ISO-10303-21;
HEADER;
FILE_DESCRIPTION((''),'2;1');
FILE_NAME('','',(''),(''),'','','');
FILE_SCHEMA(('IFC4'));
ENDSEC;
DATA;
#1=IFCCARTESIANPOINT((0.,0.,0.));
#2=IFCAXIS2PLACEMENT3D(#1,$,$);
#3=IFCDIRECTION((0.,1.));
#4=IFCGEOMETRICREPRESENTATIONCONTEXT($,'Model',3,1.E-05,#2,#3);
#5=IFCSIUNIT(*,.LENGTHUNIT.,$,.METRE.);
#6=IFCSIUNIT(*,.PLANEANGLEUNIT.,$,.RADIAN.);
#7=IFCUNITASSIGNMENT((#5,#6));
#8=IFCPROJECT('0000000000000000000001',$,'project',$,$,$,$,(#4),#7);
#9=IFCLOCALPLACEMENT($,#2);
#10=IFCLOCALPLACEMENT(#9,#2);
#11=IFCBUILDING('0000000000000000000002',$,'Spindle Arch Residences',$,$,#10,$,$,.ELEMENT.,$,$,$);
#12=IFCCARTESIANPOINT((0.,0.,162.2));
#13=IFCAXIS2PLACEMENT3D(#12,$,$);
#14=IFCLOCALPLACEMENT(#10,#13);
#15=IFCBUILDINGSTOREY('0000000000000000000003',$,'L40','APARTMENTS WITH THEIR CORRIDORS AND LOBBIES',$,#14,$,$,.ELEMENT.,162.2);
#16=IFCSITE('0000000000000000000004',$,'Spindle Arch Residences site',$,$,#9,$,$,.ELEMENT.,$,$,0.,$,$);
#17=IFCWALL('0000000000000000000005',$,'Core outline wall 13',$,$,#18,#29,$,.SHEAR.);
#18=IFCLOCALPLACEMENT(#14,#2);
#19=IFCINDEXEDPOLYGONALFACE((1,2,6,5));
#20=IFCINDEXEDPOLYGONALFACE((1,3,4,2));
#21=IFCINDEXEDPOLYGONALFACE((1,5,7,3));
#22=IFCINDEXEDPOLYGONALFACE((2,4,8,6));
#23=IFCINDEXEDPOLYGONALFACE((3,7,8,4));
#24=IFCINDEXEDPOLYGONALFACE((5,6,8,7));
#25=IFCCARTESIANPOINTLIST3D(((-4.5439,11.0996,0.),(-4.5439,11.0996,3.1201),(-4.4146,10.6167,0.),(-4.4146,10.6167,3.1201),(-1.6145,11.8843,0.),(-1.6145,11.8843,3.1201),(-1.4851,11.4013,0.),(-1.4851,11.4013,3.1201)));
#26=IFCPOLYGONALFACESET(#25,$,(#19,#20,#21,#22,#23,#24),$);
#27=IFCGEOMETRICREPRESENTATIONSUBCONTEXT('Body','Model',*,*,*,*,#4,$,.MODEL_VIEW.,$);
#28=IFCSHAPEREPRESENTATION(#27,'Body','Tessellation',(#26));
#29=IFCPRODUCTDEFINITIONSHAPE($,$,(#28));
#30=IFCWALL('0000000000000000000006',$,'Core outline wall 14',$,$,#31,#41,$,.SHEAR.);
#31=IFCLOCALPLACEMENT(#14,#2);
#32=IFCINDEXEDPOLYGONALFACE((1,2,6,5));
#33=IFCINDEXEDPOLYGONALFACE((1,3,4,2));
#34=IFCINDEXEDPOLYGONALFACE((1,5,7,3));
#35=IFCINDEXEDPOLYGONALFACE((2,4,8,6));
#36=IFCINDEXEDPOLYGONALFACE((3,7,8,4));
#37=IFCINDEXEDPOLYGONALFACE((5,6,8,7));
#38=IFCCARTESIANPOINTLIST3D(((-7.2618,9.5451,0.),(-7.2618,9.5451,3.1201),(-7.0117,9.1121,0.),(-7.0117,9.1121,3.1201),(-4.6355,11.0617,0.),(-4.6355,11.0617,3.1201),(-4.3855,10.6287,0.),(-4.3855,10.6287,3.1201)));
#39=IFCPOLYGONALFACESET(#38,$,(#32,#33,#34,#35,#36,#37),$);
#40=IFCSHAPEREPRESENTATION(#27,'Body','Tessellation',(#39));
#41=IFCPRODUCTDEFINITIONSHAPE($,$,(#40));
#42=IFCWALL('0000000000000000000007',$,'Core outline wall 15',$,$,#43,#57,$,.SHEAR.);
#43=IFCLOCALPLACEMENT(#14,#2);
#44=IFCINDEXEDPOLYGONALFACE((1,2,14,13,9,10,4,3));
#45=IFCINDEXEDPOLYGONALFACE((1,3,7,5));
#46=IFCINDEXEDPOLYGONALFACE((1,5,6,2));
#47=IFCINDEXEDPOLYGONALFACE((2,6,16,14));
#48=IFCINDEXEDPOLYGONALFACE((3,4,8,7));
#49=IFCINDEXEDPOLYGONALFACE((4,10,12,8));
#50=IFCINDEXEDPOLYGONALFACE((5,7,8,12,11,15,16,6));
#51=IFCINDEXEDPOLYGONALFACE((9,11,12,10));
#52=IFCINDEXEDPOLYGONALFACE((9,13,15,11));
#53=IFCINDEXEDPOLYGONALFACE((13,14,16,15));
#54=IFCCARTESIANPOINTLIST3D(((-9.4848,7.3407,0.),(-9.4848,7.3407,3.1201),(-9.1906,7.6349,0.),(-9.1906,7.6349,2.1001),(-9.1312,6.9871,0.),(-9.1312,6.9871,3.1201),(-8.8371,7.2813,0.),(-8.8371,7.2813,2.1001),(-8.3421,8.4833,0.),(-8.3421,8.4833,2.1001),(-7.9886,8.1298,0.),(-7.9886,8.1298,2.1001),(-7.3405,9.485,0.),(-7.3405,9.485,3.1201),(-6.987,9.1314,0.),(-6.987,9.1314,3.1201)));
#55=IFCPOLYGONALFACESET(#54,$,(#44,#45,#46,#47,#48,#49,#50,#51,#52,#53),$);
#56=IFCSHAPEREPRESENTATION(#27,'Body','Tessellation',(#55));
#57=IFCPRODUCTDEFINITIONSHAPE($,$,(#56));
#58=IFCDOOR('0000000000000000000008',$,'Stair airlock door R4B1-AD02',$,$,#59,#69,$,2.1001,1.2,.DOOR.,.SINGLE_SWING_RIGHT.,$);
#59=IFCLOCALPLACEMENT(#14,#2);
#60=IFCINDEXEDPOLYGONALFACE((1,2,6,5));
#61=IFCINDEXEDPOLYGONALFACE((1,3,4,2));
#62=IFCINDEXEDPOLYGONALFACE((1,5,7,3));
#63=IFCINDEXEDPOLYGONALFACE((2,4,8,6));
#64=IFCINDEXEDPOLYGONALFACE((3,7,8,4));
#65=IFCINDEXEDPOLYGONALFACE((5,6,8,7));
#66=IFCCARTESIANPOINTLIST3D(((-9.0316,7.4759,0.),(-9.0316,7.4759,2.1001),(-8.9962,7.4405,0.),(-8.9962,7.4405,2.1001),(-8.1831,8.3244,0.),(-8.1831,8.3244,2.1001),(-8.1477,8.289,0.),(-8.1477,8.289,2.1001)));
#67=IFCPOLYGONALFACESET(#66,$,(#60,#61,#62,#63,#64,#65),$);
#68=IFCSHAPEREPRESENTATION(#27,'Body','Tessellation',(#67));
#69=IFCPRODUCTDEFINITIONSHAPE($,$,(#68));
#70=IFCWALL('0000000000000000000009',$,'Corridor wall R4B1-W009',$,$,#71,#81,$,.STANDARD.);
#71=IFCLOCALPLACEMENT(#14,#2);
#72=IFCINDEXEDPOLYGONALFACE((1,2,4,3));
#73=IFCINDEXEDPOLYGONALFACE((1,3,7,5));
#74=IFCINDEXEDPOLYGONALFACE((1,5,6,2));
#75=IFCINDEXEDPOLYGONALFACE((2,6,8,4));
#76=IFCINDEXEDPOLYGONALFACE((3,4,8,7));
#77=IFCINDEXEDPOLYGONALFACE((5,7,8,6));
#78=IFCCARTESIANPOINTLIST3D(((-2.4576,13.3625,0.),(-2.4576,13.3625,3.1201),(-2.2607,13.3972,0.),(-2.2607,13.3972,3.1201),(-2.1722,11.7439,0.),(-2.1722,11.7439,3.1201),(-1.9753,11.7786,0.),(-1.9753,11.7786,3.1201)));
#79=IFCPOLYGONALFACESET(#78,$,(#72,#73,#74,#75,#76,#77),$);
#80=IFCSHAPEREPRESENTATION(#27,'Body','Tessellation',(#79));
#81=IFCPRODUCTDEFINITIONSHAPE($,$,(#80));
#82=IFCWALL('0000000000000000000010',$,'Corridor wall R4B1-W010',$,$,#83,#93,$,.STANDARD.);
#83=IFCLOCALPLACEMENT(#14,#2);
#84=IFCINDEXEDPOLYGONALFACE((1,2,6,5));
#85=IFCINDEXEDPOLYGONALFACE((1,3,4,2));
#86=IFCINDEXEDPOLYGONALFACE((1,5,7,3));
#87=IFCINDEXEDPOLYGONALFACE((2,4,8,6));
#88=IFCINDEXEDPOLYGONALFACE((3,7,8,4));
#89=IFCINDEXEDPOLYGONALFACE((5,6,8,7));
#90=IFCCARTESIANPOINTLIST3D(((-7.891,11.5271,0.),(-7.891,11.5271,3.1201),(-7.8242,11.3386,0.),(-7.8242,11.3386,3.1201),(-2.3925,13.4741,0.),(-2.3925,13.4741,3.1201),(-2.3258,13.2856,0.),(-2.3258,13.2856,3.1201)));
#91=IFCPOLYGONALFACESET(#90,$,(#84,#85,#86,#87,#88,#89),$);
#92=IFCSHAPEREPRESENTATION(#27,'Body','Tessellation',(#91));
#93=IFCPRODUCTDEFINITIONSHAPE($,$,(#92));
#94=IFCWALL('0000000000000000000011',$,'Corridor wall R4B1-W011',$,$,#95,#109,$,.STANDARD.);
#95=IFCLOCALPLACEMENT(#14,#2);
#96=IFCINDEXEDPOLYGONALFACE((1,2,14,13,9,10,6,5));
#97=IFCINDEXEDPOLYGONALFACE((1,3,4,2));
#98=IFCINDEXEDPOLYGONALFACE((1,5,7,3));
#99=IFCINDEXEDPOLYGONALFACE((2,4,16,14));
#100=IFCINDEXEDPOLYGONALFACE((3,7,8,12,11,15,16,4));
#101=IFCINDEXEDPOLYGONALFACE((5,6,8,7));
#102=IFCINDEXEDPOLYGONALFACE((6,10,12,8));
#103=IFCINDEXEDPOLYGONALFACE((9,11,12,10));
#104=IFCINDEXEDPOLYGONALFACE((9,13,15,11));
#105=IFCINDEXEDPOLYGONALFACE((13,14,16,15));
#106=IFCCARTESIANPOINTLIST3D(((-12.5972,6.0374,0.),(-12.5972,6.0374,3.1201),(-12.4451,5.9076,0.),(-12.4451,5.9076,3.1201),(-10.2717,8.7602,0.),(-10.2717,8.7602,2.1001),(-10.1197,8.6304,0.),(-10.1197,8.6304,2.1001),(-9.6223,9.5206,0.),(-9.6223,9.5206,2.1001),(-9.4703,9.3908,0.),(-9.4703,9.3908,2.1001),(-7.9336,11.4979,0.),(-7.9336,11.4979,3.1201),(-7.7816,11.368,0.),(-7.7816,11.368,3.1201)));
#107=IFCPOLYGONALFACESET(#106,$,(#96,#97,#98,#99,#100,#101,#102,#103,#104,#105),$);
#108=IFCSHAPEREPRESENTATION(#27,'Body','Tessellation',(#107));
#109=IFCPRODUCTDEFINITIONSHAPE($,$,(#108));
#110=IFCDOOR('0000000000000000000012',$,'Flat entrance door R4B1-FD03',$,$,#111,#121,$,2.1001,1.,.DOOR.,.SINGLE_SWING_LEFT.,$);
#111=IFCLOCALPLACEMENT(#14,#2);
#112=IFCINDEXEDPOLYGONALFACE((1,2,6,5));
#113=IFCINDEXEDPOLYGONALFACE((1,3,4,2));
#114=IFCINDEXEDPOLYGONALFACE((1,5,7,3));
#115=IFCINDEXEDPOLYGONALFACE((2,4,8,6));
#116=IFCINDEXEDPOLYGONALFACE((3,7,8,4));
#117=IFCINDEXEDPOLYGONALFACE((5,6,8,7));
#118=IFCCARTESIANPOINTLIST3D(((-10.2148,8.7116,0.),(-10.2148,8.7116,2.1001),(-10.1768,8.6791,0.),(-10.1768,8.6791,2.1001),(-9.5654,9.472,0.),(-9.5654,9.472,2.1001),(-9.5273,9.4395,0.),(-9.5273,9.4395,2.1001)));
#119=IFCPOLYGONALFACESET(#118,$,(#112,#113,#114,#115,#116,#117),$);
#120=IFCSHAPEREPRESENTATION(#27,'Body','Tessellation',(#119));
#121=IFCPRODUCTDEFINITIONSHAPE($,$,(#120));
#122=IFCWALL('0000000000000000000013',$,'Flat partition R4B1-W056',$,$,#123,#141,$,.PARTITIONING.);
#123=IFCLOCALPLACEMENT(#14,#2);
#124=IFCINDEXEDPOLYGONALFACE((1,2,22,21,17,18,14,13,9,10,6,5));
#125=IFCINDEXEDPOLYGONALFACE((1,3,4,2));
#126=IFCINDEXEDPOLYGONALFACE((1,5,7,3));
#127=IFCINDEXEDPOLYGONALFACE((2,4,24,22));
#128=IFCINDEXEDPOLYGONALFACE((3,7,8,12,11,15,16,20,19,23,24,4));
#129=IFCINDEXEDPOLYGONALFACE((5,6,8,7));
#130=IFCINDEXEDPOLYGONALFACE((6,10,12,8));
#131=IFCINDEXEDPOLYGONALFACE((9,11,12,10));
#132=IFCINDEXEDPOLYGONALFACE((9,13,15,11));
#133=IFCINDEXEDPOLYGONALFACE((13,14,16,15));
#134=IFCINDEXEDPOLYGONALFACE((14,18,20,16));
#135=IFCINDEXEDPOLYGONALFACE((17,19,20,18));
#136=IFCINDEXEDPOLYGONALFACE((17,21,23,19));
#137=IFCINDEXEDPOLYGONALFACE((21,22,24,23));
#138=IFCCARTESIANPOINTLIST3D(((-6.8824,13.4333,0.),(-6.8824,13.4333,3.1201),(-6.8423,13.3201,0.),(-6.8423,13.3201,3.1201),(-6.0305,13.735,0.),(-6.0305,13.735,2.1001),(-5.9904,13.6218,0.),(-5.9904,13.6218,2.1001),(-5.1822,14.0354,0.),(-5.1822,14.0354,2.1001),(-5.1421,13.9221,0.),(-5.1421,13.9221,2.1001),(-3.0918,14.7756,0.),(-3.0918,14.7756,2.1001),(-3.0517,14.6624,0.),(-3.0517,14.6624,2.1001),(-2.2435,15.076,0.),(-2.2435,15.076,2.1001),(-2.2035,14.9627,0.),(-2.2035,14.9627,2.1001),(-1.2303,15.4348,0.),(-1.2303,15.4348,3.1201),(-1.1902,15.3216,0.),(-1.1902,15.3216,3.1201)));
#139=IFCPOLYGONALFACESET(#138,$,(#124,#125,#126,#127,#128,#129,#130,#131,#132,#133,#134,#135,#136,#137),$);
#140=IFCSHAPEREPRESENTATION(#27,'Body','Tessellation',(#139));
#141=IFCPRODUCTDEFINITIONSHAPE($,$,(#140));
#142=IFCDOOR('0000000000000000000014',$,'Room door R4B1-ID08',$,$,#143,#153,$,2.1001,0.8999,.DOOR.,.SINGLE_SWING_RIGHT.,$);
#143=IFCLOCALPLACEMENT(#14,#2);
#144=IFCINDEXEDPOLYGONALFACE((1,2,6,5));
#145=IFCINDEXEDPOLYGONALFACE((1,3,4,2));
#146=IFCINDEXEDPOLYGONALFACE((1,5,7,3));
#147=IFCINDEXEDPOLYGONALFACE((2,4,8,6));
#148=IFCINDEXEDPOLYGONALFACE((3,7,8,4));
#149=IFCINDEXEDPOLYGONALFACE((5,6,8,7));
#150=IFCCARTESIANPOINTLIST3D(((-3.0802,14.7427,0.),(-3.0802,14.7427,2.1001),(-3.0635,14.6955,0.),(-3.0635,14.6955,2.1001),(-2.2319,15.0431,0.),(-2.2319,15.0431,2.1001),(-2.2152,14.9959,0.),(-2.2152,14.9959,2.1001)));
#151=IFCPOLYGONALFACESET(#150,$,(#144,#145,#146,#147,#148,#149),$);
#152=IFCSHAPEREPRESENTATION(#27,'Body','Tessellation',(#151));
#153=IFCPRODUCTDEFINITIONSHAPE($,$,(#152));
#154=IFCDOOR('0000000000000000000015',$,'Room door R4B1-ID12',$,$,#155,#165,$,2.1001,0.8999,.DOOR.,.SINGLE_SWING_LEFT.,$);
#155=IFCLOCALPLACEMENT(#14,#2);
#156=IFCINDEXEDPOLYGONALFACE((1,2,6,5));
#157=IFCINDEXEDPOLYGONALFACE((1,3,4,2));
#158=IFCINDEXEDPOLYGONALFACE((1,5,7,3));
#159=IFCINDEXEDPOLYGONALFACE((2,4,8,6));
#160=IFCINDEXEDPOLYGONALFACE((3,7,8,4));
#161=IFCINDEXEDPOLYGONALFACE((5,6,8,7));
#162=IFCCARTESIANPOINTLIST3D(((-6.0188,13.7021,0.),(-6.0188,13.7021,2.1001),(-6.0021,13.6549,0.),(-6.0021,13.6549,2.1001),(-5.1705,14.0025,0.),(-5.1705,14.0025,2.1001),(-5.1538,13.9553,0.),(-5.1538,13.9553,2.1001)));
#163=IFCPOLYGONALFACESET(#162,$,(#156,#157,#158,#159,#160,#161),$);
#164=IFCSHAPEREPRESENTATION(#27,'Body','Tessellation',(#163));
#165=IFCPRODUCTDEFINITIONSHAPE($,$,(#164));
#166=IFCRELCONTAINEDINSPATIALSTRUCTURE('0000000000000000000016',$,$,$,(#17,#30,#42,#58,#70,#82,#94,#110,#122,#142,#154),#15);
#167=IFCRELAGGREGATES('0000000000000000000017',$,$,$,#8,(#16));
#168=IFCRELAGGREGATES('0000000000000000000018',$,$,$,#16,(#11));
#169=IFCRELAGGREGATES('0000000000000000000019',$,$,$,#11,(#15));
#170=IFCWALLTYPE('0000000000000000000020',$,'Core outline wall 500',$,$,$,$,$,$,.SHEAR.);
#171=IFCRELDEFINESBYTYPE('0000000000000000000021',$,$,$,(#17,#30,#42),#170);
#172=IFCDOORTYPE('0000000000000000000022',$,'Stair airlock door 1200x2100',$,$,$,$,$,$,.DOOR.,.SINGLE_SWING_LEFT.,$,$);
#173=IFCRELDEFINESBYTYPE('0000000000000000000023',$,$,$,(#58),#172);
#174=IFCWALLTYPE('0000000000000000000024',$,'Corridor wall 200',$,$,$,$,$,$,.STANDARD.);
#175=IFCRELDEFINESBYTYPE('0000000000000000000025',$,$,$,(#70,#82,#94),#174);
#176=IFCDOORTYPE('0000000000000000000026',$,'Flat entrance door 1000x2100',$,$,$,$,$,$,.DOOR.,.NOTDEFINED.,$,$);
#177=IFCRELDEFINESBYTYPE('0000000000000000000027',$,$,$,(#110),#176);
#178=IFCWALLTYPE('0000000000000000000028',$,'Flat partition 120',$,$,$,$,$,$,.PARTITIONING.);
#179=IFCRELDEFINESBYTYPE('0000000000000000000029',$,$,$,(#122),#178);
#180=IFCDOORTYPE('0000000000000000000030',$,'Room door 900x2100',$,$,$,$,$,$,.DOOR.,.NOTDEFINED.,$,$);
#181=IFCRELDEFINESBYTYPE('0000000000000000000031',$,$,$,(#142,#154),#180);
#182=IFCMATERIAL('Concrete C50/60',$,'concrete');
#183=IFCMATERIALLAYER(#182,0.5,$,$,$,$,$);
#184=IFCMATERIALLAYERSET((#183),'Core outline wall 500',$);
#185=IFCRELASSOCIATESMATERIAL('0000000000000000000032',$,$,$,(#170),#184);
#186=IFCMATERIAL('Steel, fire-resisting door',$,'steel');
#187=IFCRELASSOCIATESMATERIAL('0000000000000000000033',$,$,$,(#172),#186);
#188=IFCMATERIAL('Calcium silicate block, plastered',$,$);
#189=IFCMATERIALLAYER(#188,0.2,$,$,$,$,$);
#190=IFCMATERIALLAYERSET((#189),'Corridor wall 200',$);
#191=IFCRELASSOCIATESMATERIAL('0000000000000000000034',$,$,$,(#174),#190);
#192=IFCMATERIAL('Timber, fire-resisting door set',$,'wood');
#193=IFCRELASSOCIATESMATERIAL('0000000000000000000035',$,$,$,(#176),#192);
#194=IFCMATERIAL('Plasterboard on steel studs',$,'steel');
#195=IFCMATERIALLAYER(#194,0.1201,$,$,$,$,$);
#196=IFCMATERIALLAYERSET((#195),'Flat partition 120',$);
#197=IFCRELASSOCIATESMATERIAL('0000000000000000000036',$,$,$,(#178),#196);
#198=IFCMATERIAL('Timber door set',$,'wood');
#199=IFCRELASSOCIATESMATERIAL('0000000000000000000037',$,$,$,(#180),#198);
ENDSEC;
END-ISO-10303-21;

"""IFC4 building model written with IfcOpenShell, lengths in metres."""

from ifc_helpers import new_model, si_unit, direction, frame, frame_2d, origin, place, context, subcontext, project, spatial, rectangle, extrude, material, layer, layer_set, type_object, element, fill, save


model = new_model("IFC4")

# Units and contexts
model_context = context("Model", 3, precision=1e-05, world=origin(), true_north=direction((0.0, 1.0)))
body_context = subcontext(model_context, "Body", "Model", "MODEL_VIEW")
ifc_project = project(units=[si_unit("LENGTHUNIT", "METRE"), si_unit("PLANEANGLEUNIT", "RADIAN")], contexts=[model_context])

# Site, building, storey
site_placement = place(None, origin())
site = spatial("IfcSite", under=ifc_project, at=site_placement, Name="Spindle Arch Residences site", CompositionType="ELEMENT", RefElevation=0.0)
building_placement = place(site_placement, origin())
building = spatial("IfcBuilding", under=site, at=building_placement, Name="Spindle Arch Residences", CompositionType="ELEMENT")
storey_placement = place(building_placement, frame((0.0, 0.0, 162.2)))
storey = spatial("IfcBuildingStorey", under=building, at=storey_placement, Name="L40", Description="APARTMENTS WITH THEIR CORRIDORS AND LOBBIES", CompositionType="ELEMENT", Elevation=162.2)

# Walls
ifc_material_1 = material(Name="Concrete C50/60", Category="concrete")
ifc_layer_1 = layer(ifc_material_1, 0.5)
ifc_layer_set_1 = layer_set([ifc_layer_1], Name="Core outline wall 500")
wall_type_1 = type_object("IfcWallType", Name="Core outline wall 500", PredefinedType="SHEAR", material=ifc_layer_set_1)
for number, where, z_axis, x_axis, name in (
    (1, (-1.5498, 11.6428, 0.0), (0.0, 0.0, 1.0), (-0.965948, -0.258735, 0.0), "Core outline wall 13"),
    (2, (-4.5105, 10.8452, 0.0), (0.0, 0.0, 1.0), (-0.865975, -0.500087, 0.0), "Core outline wall 14"),
):
    element("IfcWall", number, at=place(storey_placement, frame(where, z_axis=z_axis, x_axis=x_axis)), inside=storey, type_object=wall_type_1, Name=name, PredefinedType="SHEAR", context=body_context, shape_type="SweptSolid", body=[
        extrude(rectangle(XDim=3.0327, YDim=0.5, at=frame_2d((1.5164, 0.0))), origin(), (0.0, 0.0, 1.0), 3.1201),
    ])

# Wall, opening, door
wall_1_placement = place(storey_placement, frame((-7.1638, 9.3081, 0.0), z_axis=(0.0, 0.0, 1.0), x_axis=(-0.707107, -0.707107, 0.0)))
wall_1 = element("IfcWall", 3, at=wall_1_placement, inside=storey, type_object=wall_type_1, Name="Core outline wall 15", PredefinedType="SHEAR", context=body_context, shape_type="SweptSolid", body=[
    extrude(rectangle(XDim=3.0325, YDim=0.5, at=frame_2d((1.5161, 0.0))), origin(), (0.0, 0.0, 1.0), 3.1201),
])
opening_1_placement = place(wall_1_placement, frame((1.4163, 0.0, 0.0)))
opening_1 = element("IfcOpeningElement", 4, at=opening_1_placement, cuts=wall_1, PredefinedType="OPENING", context=body_context, shape_type="SweptSolid", body=[
    extrude(rectangle(XDim=1.2, YDim=2.1001, at=frame_2d((0.6001, 1.05))), frame((0.0, 0.26, 0.0), z_axis=(0.0, -1.0, 0.0), x_axis=(1.0, 0.0, 0.0)), (0.0, 0.0, 1.0), 0.52),
])
ifc_material_2 = material(Name="Steel, fire-resisting door", Category="steel")
door_type_1 = type_object("IfcDoorType", Name="Stair airlock door 1200x2100", OperationType="SINGLE_SWING_LEFT", PredefinedType="DOOR", material=ifc_material_2)
door_1_placement = place(opening_1_placement, origin())
door_1 = element("IfcDoor", 5, at=door_1_placement, inside=storey, type_object=door_type_1, Name="Stair airlock door R4B1-AD02", OperationType="SINGLE_SWING_RIGHT", OverallHeight=2.1001, OverallWidth=1.2, PredefinedType="DOOR", context=body_context, shape_type="SweptSolid", body=[
    extrude(rectangle(XDim=1.2, YDim=2.1001, at=frame_2d((0.6001, 1.05))), frame((0.0, 0.0249, 0.0), z_axis=(0.0, -1.0, 0.0), x_axis=(1.0, 0.0, 0.0)), (0.0, 0.0, 1.0), 0.05),
])
fill(opening_1, door_1)

# Walls
ifc_material_3 = material(Name="Calcium silicate block, plastered")
ifc_layer_2 = layer(ifc_material_3, 0.2)
ifc_layer_set_2 = layer_set([ifc_layer_2], Name="Corridor wall 200")
wall_type_2 = type_object("IfcWallType", Name="Corridor wall 200", PredefinedType="STANDARD", material=ifc_layer_set_2)
wall_2_placement = place(storey_placement, frame((-2.0737, 11.7612, 0.0), z_axis=(0.0, 0.0, 1.0), x_axis=(-0.173641, 0.984809, 0.0)))
element("IfcWall", 6, at=wall_2_placement, inside=storey, type_object=wall_type_2, Name="Corridor wall R4B1-W009", PredefinedType="STANDARD", context=body_context, shape_type="SweptSolid", body=[
    extrude(rectangle(XDim=1.6436, YDim=0.2, at=frame_2d((0.8218, 0.0))), origin(), (0.0, 0.0, 1.0), 3.1201),
])
wall_3_placement = place(storey_placement, frame((-2.3591, 13.3799, 0.0), z_axis=(0.0, 0.0, 1.0), x_axis=(-0.942648, -0.33379, 0.0)))
element("IfcWall", 7, at=wall_3_placement, inside=storey, type_object=wall_type_2, Name="Corridor wall R4B1-W010", PredefinedType="STANDARD", context=body_context, shape_type="SweptSolid", body=[
    extrude(rectangle(XDim=5.833, YDim=0.2, at=frame_2d((2.9165, 0.0))), origin(), (0.0, 0.0, 1.0), 3.1201),
])

# Wall, opening, door
wall_4_placement = place(storey_placement, frame((-7.8577, 11.4329, 0.0), z_axis=(0.0, 0.0, 1.0), x_axis=(-0.649441, -0.760412, 0.0)))
wall_4 = element("IfcWall", 8, at=wall_4_placement, inside=storey, type_object=wall_type_2, Name="Corridor wall R4B1-W011", PredefinedType="STANDARD", context=body_context, shape_type="SweptSolid", body=[
    extrude(rectangle(XDim=7.1809, YDim=0.2, at=frame_2d((3.5903, 0.0))), origin(), (0.0, 0.0, 1.0), 3.1201),
])
opening_2_placement = place(wall_4_placement, frame((2.6001, 0.0, 0.0)))
opening_2 = element("IfcOpeningElement", 9, at=opening_2_placement, cuts=wall_4, PredefinedType="OPENING", context=body_context, shape_type="SweptSolid", body=[
    extrude(rectangle(XDim=1.0, YDim=2.1001, at=frame_2d((0.5, 1.05))), frame((0.0, 0.1099, 0.0), z_axis=(0.0, -1.0, 0.0), x_axis=(1.0, 0.0, 0.0)), (0.0, 0.0, 1.0), 0.22),
])
ifc_material_4 = material(Name="Timber, fire-resisting door set", Category="wood")
door_type_2 = type_object("IfcDoorType", Name="Flat entrance door 1000x2100", OperationType="NOTDEFINED", PredefinedType="DOOR", material=ifc_material_4)
door_2_placement = place(opening_2_placement, origin())
door_2 = element("IfcDoor", 10, at=door_2_placement, inside=storey, type_object=door_type_2, Name="Flat entrance door R4B1-FD03", OperationType="SINGLE_SWING_LEFT", OverallHeight=2.1001, OverallWidth=1.0, PredefinedType="DOOR", context=body_context, shape_type="SweptSolid", body=[
    extrude(rectangle(XDim=1.0, YDim=2.1001, at=frame_2d((0.5, 1.05))), frame((0.0, 0.0249, 0.0), z_axis=(0.0, -1.0, 0.0), x_axis=(1.0, 0.0, 0.0)), (0.0, 0.0, 1.0), 0.05),
])
fill(opening_2, door_2)

# Wall, openings, doors
ifc_material_5 = material(Name="Plasterboard on steel studs", Category="steel")
ifc_layer_3 = layer(ifc_material_5, 0.1201)
ifc_layer_set_3 = layer_set([ifc_layer_3], Name="Flat partition 120")
wall_type_3 = type_object("IfcWallType", Name="Flat partition 120", PredefinedType="PARTITIONING", material=ifc_layer_set_3)
wall_5_placement = place(storey_placement, frame((-1.2102, 15.3782, 0.0), z_axis=(0.0, 0.0, 1.0), x_axis=(-0.942644, -0.3338, 0.0)))
wall_5 = element("IfcWall", 11, at=wall_5_placement, inside=storey, type_object=wall_type_3, Name="Flat partition R4B1-W056", PredefinedType="PARTITIONING", context=body_context, shape_type="SweptSolid", body=[
    extrude(rectangle(XDim=5.9961, YDim=0.1201, at=frame_2d((2.998, 0.0))), origin(), (0.0, 0.0, 1.0), 3.1201),
])
opening_3_placement = place(wall_5_placement, frame((1.075, 0.0, 0.0)))
opening_3 = element("IfcOpeningElement", 12, at=opening_3_placement, cuts=wall_5, PredefinedType="OPENING", context=body_context, shape_type="SweptSolid", body=[
    extrude(rectangle(XDim=0.8999, YDim=2.1001, at=frame_2d((0.45, 1.05))), frame((0.0, 0.0701, 0.0), z_axis=(0.0, -1.0, 0.0), x_axis=(1.0, 0.0, 0.0)), (0.0, 0.0, 1.0), 0.1401),
])
opening_4_placement = place(wall_5_placement, frame((4.1924, 0.0, 0.0)))
opening_4 = element("IfcOpeningElement", 13, at=opening_4_placement, cuts=wall_5, PredefinedType="OPENING", context=body_context, shape_type="SweptSolid", body=[
    extrude(rectangle(XDim=0.8999, YDim=2.1001, at=frame_2d((0.45, 1.05))), frame((0.0, 0.0701, 0.0), z_axis=(0.0, -1.0, 0.0), x_axis=(1.0, 0.0, 0.0)), (0.0, 0.0, 1.0), 0.1401),
])
ifc_material_6 = material(Name="Timber door set", Category="wood")
door_type_3 = type_object("IfcDoorType", Name="Room door 900x2100", OperationType="NOTDEFINED", PredefinedType="DOOR", material=ifc_material_6)
door_3_placement = place(opening_3_placement, origin())
door_3 = element("IfcDoor", 14, at=door_3_placement, inside=storey, type_object=door_type_3, Name="Room door R4B1-ID08", OperationType="SINGLE_SWING_RIGHT", OverallHeight=2.1001, OverallWidth=0.8999, PredefinedType="DOOR", context=body_context, shape_type="SweptSolid", body=[
    extrude(rectangle(XDim=0.8999, YDim=2.1001, at=frame_2d((0.45, 1.05))), frame((0.0, 0.0249, 0.0), z_axis=(0.0, -1.0, 0.0), x_axis=(1.0, 0.0, 0.0)), (0.0, 0.0, 1.0), 0.05),
])
fill(opening_3, door_3)
door_4_placement = place(opening_4_placement, origin())
door_4 = element("IfcDoor", 15, at=door_4_placement, inside=storey, type_object=door_type_3, Name="Room door R4B1-ID12", OperationType="SINGLE_SWING_LEFT", OverallHeight=2.1001, OverallWidth=0.8999, PredefinedType="DOOR", context=body_context, shape_type="SweptSolid", body=[
    extrude(rectangle(XDim=0.8999, YDim=2.1001, at=frame_2d((0.45, 1.05))), frame((0.0, 0.0249, 0.0), z_axis=(0.0, -1.0, 0.0), x_axis=(1.0, 0.0, 0.0)), (0.0, 0.0, 1.0), 0.05),
])
fill(opening_4, door_4)

save(model, "model.ifc")
